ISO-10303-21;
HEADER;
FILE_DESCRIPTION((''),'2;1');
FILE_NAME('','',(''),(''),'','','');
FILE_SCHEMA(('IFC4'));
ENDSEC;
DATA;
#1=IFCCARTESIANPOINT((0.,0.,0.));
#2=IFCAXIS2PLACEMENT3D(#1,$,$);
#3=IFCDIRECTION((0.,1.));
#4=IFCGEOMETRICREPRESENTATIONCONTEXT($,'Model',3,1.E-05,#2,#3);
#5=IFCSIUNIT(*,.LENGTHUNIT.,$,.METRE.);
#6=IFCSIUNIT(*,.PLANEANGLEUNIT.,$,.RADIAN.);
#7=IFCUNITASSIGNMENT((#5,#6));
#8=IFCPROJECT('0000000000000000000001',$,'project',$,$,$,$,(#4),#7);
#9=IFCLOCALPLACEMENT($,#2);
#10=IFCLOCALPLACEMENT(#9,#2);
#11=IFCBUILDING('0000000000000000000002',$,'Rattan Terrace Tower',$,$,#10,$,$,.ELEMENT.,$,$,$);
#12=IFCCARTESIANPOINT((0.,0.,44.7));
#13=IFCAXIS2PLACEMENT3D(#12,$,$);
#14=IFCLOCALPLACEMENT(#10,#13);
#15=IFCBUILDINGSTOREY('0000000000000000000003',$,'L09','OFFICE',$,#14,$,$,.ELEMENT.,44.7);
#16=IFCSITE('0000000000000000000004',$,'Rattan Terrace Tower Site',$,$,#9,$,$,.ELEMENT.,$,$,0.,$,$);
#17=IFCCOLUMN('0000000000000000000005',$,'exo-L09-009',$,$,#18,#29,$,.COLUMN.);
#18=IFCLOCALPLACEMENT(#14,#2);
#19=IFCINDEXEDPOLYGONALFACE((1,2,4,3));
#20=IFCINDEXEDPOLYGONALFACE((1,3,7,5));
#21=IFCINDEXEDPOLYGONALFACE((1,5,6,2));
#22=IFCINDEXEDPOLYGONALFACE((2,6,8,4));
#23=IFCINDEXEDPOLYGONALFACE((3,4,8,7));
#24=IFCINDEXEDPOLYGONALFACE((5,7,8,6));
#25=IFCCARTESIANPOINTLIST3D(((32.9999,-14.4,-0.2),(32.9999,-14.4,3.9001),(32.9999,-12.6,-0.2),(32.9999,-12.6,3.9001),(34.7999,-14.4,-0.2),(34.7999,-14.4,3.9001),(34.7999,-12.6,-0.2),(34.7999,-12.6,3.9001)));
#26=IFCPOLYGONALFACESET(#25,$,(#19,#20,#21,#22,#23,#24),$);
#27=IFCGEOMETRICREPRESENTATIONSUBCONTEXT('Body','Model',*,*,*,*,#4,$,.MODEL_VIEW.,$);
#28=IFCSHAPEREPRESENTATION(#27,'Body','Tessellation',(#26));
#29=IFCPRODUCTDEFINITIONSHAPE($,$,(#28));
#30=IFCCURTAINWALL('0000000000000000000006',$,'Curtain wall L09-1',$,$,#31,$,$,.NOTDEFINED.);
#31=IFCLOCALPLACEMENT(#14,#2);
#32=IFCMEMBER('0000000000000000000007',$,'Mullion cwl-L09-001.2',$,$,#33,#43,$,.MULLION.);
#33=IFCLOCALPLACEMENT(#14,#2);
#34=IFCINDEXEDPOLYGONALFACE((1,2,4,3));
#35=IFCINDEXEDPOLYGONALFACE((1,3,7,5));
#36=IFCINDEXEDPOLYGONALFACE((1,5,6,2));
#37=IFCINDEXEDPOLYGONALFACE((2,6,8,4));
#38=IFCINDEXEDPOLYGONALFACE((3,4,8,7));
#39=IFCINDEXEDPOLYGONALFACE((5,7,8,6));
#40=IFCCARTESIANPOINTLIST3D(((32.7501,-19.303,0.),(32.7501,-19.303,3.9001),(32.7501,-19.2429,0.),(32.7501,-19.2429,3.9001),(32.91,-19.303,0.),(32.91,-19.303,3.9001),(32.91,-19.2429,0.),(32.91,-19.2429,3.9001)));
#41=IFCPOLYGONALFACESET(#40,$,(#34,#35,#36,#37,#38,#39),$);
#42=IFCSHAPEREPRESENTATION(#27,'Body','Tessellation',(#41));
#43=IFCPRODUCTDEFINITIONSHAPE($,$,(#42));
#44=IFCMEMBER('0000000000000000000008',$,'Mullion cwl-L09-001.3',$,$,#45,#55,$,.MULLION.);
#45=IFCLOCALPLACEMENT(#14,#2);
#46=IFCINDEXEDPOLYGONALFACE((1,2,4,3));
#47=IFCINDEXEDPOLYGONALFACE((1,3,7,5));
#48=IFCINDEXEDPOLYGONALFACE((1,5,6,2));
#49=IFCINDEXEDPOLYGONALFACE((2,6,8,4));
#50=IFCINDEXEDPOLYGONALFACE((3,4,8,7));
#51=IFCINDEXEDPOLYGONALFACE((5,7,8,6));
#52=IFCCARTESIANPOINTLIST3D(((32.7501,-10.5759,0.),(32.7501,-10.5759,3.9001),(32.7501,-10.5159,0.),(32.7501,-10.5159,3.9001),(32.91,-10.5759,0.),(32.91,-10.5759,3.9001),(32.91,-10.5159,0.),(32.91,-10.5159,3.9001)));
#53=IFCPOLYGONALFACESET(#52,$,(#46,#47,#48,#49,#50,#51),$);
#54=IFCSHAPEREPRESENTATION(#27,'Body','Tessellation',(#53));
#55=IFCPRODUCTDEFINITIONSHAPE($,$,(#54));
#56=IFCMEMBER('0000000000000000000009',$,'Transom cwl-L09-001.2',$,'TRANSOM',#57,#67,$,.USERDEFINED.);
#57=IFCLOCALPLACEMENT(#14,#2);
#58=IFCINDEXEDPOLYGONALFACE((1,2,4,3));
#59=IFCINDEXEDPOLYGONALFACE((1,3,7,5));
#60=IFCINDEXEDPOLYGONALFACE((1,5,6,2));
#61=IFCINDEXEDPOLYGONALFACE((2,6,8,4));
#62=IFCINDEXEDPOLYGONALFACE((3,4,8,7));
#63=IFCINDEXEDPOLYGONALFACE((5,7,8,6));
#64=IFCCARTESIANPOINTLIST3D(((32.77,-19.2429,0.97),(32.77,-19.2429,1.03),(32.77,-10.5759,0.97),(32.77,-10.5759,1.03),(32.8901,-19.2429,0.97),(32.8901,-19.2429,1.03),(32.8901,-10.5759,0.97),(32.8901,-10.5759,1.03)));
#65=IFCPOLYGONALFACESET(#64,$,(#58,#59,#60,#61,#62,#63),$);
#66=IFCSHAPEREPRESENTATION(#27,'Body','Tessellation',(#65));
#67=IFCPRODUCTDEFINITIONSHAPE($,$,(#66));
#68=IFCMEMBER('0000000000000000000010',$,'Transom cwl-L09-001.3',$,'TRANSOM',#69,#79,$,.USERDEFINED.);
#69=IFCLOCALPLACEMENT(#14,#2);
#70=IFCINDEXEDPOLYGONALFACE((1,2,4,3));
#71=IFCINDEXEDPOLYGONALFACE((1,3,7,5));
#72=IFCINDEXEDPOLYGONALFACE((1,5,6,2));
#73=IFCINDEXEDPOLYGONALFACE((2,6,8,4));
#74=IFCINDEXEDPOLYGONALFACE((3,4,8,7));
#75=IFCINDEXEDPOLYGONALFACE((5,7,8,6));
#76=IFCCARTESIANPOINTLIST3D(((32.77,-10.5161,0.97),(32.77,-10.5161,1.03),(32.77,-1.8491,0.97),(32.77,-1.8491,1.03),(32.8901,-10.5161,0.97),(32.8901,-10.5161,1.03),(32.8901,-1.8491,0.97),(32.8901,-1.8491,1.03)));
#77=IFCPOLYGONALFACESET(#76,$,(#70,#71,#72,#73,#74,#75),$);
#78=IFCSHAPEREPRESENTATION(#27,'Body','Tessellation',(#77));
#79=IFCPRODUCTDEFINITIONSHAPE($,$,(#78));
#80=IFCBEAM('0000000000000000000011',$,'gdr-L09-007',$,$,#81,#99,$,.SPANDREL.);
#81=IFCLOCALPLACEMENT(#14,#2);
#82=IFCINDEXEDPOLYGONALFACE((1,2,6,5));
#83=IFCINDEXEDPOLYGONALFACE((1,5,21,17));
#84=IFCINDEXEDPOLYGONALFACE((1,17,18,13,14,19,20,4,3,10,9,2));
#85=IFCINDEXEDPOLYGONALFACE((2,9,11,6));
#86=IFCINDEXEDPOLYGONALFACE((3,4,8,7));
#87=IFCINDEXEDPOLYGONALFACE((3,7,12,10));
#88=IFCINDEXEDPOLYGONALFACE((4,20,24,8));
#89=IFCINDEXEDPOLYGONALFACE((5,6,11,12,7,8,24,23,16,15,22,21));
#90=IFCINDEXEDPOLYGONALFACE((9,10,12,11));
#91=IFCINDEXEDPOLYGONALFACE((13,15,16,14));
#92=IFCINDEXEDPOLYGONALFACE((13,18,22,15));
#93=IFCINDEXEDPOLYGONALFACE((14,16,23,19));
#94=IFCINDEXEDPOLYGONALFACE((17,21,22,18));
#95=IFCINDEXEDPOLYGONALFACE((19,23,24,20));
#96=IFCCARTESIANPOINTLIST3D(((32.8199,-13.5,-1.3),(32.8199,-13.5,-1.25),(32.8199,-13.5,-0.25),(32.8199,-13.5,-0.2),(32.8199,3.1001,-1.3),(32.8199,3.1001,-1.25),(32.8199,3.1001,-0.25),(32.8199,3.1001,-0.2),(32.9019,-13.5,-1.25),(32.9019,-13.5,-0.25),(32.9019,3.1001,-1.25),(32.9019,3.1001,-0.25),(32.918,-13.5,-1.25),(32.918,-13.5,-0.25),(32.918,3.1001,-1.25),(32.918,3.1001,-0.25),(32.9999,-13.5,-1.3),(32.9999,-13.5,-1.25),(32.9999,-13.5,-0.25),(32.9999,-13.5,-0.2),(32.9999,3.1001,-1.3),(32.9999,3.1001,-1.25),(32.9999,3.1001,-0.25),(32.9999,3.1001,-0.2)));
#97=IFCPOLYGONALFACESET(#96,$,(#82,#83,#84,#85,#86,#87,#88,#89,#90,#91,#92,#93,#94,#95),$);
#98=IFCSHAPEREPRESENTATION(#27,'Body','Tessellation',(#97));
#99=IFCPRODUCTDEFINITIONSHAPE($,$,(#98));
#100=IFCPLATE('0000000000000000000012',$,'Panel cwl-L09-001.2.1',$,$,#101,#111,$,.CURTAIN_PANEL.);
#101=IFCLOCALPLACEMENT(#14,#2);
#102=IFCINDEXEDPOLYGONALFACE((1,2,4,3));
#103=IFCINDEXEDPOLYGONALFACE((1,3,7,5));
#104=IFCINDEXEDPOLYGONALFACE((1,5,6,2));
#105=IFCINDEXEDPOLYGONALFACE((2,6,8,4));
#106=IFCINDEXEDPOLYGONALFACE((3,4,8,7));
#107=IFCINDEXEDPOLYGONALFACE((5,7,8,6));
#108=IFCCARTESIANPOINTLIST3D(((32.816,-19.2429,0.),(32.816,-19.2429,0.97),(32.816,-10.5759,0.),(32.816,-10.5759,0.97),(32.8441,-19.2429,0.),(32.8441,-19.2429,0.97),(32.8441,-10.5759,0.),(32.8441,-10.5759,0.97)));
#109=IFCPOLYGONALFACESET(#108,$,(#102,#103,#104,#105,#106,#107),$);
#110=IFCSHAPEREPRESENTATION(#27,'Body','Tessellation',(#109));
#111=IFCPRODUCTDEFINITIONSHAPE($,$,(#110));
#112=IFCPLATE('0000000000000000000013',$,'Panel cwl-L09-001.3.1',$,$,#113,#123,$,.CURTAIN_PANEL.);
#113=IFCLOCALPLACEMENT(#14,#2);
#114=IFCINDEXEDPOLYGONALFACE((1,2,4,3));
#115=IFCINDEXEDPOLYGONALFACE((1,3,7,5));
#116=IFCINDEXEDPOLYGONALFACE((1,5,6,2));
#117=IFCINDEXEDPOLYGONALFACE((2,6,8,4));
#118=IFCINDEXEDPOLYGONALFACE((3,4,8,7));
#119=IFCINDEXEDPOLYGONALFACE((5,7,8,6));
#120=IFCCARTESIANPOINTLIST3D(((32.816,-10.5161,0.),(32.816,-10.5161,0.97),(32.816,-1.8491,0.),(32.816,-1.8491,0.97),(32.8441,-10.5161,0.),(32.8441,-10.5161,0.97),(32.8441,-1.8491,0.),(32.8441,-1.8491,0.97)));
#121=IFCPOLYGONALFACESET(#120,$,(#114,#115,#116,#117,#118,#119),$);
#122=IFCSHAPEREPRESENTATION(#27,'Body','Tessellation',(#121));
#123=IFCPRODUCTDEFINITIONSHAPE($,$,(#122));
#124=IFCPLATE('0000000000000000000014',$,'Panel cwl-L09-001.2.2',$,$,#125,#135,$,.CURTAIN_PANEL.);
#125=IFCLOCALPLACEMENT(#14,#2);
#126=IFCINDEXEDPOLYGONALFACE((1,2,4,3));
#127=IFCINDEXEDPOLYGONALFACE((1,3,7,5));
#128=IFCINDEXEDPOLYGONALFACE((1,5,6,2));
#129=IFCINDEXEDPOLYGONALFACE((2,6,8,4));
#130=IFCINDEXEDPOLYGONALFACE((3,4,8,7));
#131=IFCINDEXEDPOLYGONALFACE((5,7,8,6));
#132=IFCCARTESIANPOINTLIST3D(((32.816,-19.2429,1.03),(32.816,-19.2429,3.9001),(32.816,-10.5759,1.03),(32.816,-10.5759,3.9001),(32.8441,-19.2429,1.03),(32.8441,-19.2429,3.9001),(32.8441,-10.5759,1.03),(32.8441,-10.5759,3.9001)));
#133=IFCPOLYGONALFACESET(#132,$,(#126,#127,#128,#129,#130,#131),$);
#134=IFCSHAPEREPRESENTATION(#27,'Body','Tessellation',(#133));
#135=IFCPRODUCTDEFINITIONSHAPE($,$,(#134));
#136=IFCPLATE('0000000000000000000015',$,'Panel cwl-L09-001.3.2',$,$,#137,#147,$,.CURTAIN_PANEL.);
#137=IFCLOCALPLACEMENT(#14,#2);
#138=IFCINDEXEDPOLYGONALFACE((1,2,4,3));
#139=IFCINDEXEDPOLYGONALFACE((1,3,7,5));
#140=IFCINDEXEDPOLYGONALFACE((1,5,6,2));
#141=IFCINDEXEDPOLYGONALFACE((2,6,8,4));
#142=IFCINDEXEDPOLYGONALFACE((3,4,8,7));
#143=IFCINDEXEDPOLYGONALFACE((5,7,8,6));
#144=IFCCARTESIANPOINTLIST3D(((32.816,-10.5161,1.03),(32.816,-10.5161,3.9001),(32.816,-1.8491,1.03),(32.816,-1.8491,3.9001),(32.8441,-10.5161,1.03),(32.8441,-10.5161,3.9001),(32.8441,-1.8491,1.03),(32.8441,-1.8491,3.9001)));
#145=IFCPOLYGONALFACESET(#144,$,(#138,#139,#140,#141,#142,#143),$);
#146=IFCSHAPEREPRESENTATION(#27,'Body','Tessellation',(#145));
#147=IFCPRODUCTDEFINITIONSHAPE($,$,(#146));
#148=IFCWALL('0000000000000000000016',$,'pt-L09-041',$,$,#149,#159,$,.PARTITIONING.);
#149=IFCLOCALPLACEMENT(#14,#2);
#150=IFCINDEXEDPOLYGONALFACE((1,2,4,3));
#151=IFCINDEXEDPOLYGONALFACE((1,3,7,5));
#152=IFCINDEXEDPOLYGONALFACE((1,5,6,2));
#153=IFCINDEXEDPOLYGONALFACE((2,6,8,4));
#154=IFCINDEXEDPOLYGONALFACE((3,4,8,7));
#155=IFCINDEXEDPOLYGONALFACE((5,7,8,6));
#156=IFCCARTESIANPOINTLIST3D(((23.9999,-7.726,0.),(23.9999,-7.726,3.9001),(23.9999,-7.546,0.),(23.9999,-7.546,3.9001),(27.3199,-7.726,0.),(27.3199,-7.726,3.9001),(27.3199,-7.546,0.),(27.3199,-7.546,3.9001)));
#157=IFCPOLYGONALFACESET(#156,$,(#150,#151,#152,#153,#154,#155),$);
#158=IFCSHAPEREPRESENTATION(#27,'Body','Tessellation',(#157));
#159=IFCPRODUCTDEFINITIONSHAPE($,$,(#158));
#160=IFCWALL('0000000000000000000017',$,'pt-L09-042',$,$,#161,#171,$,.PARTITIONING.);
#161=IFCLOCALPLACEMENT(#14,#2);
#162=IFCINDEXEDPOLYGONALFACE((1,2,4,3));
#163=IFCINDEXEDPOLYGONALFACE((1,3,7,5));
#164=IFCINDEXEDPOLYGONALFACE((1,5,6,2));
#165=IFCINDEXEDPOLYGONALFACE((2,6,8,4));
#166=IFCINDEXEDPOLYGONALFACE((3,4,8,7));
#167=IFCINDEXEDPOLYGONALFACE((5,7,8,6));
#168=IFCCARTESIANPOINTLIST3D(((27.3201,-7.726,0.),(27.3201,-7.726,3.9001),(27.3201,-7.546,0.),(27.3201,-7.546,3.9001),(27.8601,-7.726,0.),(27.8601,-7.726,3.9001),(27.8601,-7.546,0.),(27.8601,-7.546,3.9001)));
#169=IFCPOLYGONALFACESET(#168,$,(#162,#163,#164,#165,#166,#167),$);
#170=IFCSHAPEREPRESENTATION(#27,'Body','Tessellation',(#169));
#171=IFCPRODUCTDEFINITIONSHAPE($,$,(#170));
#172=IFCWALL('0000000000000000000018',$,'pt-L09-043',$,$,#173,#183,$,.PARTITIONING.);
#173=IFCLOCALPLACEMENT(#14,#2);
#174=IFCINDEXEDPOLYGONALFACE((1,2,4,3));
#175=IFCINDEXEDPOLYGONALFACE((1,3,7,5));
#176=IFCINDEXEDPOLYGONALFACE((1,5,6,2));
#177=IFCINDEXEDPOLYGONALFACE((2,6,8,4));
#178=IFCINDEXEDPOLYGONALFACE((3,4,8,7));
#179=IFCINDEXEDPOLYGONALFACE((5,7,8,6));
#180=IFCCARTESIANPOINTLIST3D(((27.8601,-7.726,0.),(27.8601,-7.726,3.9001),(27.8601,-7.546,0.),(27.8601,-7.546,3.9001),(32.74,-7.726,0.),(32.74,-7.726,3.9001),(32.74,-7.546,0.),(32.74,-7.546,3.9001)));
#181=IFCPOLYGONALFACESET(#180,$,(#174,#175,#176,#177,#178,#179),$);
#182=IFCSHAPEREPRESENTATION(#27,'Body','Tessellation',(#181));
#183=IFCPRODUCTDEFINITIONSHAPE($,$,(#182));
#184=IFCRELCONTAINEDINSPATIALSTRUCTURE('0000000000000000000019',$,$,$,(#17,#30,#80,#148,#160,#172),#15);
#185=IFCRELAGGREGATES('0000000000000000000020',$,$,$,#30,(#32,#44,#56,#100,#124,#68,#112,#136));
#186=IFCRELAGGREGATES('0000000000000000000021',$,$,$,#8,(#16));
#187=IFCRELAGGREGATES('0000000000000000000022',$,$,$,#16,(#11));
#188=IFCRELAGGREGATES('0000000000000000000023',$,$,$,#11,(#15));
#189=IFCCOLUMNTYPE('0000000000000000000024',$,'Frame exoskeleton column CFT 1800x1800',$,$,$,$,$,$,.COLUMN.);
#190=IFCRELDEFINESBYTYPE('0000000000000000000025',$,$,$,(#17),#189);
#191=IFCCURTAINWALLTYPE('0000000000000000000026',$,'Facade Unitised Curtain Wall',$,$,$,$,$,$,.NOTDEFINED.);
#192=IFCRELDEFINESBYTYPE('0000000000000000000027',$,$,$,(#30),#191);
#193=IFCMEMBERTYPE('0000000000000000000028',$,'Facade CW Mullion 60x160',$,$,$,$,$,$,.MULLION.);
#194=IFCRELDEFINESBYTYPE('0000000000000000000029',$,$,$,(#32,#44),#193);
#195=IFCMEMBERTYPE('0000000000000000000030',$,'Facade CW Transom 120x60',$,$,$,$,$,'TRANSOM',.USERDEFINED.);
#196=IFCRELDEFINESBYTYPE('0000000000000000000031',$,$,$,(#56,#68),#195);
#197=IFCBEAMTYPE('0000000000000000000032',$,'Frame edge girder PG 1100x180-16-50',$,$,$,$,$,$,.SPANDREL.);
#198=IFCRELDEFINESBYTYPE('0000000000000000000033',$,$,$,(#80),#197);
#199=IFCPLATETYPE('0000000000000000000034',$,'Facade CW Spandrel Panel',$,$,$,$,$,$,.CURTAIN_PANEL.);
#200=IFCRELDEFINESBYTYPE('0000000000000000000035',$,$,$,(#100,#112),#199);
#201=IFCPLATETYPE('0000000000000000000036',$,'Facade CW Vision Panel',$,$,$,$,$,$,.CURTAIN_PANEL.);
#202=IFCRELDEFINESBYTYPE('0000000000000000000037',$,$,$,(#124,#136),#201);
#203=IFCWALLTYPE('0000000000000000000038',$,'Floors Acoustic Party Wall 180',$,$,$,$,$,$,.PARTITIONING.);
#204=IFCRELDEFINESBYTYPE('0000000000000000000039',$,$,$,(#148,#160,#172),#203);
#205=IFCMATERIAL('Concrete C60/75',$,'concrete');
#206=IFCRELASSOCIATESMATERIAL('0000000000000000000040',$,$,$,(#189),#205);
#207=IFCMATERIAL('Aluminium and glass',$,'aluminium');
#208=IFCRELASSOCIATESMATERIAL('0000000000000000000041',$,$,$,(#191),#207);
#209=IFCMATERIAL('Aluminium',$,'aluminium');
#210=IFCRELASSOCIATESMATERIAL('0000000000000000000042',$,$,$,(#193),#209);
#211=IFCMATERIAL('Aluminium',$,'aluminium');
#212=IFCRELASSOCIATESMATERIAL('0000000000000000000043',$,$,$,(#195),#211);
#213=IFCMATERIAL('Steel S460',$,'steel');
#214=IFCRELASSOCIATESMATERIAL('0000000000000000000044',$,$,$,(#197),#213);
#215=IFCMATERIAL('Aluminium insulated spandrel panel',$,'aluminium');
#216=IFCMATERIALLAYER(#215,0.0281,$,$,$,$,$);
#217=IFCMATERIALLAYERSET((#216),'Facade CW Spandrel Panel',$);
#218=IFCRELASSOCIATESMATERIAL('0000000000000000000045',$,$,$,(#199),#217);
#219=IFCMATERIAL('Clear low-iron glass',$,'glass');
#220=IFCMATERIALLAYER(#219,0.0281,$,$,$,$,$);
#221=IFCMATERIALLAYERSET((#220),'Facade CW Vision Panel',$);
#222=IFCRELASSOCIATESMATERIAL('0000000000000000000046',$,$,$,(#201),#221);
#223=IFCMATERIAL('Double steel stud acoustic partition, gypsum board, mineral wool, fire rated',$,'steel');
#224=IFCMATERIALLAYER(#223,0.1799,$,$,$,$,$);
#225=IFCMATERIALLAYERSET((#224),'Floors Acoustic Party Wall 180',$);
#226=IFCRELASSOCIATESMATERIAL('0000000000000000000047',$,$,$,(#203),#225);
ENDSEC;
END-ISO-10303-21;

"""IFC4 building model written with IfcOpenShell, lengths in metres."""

from ifc_helpers import new_model, si_unit, direction, frame, frame_2d, origin, origin_2d, place, context, subcontext, project, spatial, rectangle, i_section, extrude, material, layer, layer_set, material_profile, profile_set, type_object, element, aggregate, save


model = new_model("IFC4")

# Units and contexts
model_context = context("Model", 3, precision=1e-05, world=origin(), true_north=direction((0.0, 1.0)))
body_context = subcontext(model_context, "Body", "Model", "MODEL_VIEW")
ifc_project = project(units=[si_unit("LENGTHUNIT", "METRE"), si_unit("PLANEANGLEUNIT", "RADIAN")], contexts=[model_context])

# Site, building, storey
site_placement = place(None, origin())
site = spatial("IfcSite", under=ifc_project, at=site_placement, Name="Rattan Terrace Tower Site", CompositionType="ELEMENT", RefElevation=0.0)
building_placement = place(site_placement, origin())
building = spatial("IfcBuilding", under=site, at=building_placement, Name="Rattan Terrace Tower", CompositionType="ELEMENT")
storey_placement = place(building_placement, frame((0.0, 0.0, 44.7)))
storey = spatial("IfcBuildingStorey", under=building, at=storey_placement, Name="L09", Description="OFFICE", CompositionType="ELEMENT", Elevation=44.7)

# Column
ifc_material_1 = material(Name="Concrete C60/75", Category="concrete")
ifc_material_profile_1 = material_profile(ifc_material_1, rectangle(XDim=1.8, YDim=1.8, at=origin_2d()), Name="CFT 1800x1800")
ifc_profile_set_1 = profile_set([ifc_material_profile_1], Name="Concrete C60/75")
column_type = type_object("IfcColumnType", Name="Frame exoskeleton column CFT 1800x1800", PredefinedType="COLUMN", material=ifc_profile_set_1)
column_placement = place(storey_placement, frame((33.8999, -13.5, -0.2), z_axis=(0.0, 0.0, 1.0), x_axis=(0.0, 1.0, 0.0)))
element("IfcColumn", 1, at=column_placement, inside=storey, type_object=column_type, Name="exo-L09-009", PredefinedType="COLUMN", context=body_context, shape_type="SweptSolid", body=[
    extrude(rectangle(XDim=1.8, YDim=1.8, at=origin_2d()), origin(), (0.0, 0.0, 1.0), 4.1001),
])

# Curtain wall, members
ifc_material_2 = material(Name="Aluminium and glass", Category="aluminium")
curtain_wall_type = type_object("IfcCurtainWallType", Name="Facade Unitised Curtain Wall", PredefinedType="NOTDEFINED", material=ifc_material_2)
curtain_wall_placement = place(storey_placement, origin())
curtain_wall = element("IfcCurtainWall", 2, at=curtain_wall_placement, inside=storey, type_object=curtain_wall_type, Name="Curtain wall L09-1", PredefinedType="NOTDEFINED")
ifc_material_3 = material(Name="Aluminium", Category="aluminium")
ifc_material_profile_2 = material_profile(ifc_material_3, rectangle(XDim=0.0601, YDim=0.1599, at=origin_2d()), Name="Aluminium 60x160")
ifc_profile_set_2 = profile_set([ifc_material_profile_2], Name="Aluminium")
member_type_1 = type_object("IfcMemberType", Name="Facade CW Mullion 60x160", PredefinedType="MULLION", material=ifc_profile_set_2)
member_1_placement = place(storey_placement, frame((32.8301, -19.2729, 0.0), z_axis=(0.0, 0.0, 1.0), x_axis=(0.0, 1.0, 0.0)))
member_1 = element("IfcMember", 3, at=member_1_placement, type_object=member_type_1, Name="Mullion cwl-L09-001.2", PredefinedType="MULLION", context=body_context, shape_type="SweptSolid", body=[
    extrude(rectangle(XDim=0.0601, YDim=0.1599, at=origin_2d()), origin(), (0.0, 0.0, 1.0), 3.9001),
])
member_2_placement = place(storey_placement, frame((32.8301, -10.5459, 0.0), z_axis=(0.0, 0.0, 1.0), x_axis=(0.0, 1.0, 0.0)))
member_2 = element("IfcMember", 4, at=member_2_placement, type_object=member_type_1, Name="Mullion cwl-L09-001.3", PredefinedType="MULLION", context=body_context, shape_type="SweptSolid", body=[
    extrude(rectangle(XDim=0.0601, YDim=0.1599, at=origin_2d()), origin(), (0.0, 0.0, 1.0), 3.9001),
])
ifc_material_4 = material(Name="Aluminium", Category="aluminium")
ifc_material_profile_3 = material_profile(ifc_material_4, rectangle(XDim=0.1201, YDim=0.0601, at=origin_2d()), Name="Aluminium 120x60")
ifc_profile_set_3 = profile_set([ifc_material_profile_3], Name="Aluminium")
member_type_2 = type_object("IfcMemberType", Name="Facade CW Transom 120x60", ElementType="TRANSOM", PredefinedType="USERDEFINED", material=ifc_profile_set_3)
member_3_placement = place(storey_placement, frame((32.8301, -19.2429, 1.0), z_axis=(0.0, 1.0, 0.0), x_axis=(-1.0, 0.0, 0.0)))
member_3 = element("IfcMember", 5, at=member_3_placement, type_object=member_type_2, Name="Transom cwl-L09-001.2", ObjectType="TRANSOM", PredefinedType="USERDEFINED", context=body_context, shape_type="SweptSolid", body=[
    extrude(rectangle(XDim=0.1201, YDim=0.0601, at=origin_2d()), origin(), (0.0, 0.0, 1.0), 8.667),
])
member_4_placement = place(storey_placement, frame((32.8301, -10.5161, 1.0), z_axis=(0.0, 1.0, 0.0), x_axis=(-1.0, 0.0, 0.0)))
member_4 = element("IfcMember", 6, at=member_4_placement, type_object=member_type_2, Name="Transom cwl-L09-001.3", ObjectType="TRANSOM", PredefinedType="USERDEFINED", context=body_context, shape_type="SweptSolid", body=[
    extrude(rectangle(XDim=0.1201, YDim=0.0601, at=origin_2d()), origin(), (0.0, 0.0, 1.0), 8.667),
])

# Beam
ifc_material_5 = material(Name="Steel S460", Category="steel")
ifc_material_profile_4 = material_profile(ifc_material_5, i_section(OverallWidth=0.1799, OverallDepth=1.1001, WebThickness=0.0161, FlangeThickness=0.05, at=origin_2d()), Name="PG 1100x180-16-50")
ifc_profile_set_4 = profile_set([ifc_material_profile_4], Name="Steel S460")
beam_type = type_object("IfcBeamType", Name="Frame edge girder PG 1100x180-16-50", PredefinedType="SPANDREL", material=ifc_profile_set_4)
beam_placement = place(storey_placement, frame((32.9099, -13.5, -0.75), z_axis=(0.0, 1.0, 0.0), x_axis=(-1.0, 0.0, 0.0)))
element("IfcBeam", 7, at=beam_placement, inside=storey, type_object=beam_type, Name="gdr-L09-007", PredefinedType="SPANDREL", context=body_context, shape_type="SweptSolid", body=[
    extrude(i_section(OverallWidth=0.1799, OverallDepth=1.1001, WebThickness=0.0161, FlangeThickness=0.05, at=origin_2d()), origin(), (0.0, 0.0, 1.0), 16.6001),
])

# Plates
ifc_material_6 = material(Name="Aluminium insulated spandrel panel", Category="aluminium")
ifc_layer_1 = layer(ifc_material_6, 0.0281)
ifc_layer_set_1 = layer_set([ifc_layer_1], Name="Facade CW Spandrel Panel")
plate_type_1 = type_object("IfcPlateType", Name="Facade CW Spandrel Panel", PredefinedType="CURTAIN_PANEL", material=ifc_layer_set_1)
plate_1_placement = place(storey_placement, frame((32.8301, -14.9094, 0.0), z_axis=(0.0, 0.0, 1.0), x_axis=(0.0, 1.0, 0.0)))
plate_1 = element("IfcPlate", 8, at=plate_1_placement, type_object=plate_type_1, Name="Panel cwl-L09-001.2.1", PredefinedType="CURTAIN_PANEL", context=body_context, shape_type="SweptSolid", body=[
    extrude(rectangle(XDim=8.667, YDim=0.0281, at=origin_2d()), origin(), (0.0, 0.0, 1.0), 0.97),
])
plate_2_placement = place(storey_placement, frame((32.8301, -6.1826, 0.0), z_axis=(0.0, 0.0, 1.0), x_axis=(0.0, 1.0, 0.0)))
plate_2 = element("IfcPlate", 9, at=plate_2_placement, type_object=plate_type_1, Name="Panel cwl-L09-001.3.1", PredefinedType="CURTAIN_PANEL", context=body_context, shape_type="SweptSolid", body=[
    extrude(rectangle(XDim=8.667, YDim=0.0281, at=origin_2d()), origin(), (0.0, 0.0, 1.0), 0.97),
])
ifc_material_7 = material(Name="Clear low-iron glass", Category="glass")
ifc_layer_2 = layer(ifc_material_7, 0.0281)
ifc_layer_set_2 = layer_set([ifc_layer_2], Name="Facade CW Vision Panel")
plate_type_2 = type_object("IfcPlateType", Name="Facade CW Vision Panel", PredefinedType="CURTAIN_PANEL", material=ifc_layer_set_2)
plate_3_placement = place(storey_placement, frame((32.8301, -14.9094, 1.03), z_axis=(0.0, 0.0, 1.0), x_axis=(0.0, 1.0, 0.0)))
plate_3 = element("IfcPlate", 10, at=plate_3_placement, type_object=plate_type_2, Name="Panel cwl-L09-001.2.2", PredefinedType="CURTAIN_PANEL", context=body_context, shape_type="SweptSolid", body=[
    extrude(rectangle(XDim=8.667, YDim=0.0281, at=origin_2d()), origin(), (0.0, 0.0, 1.0), 2.8701),
])
plate_4_placement = place(storey_placement, frame((32.8301, -6.1826, 1.03), z_axis=(0.0, 0.0, 1.0), x_axis=(0.0, 1.0, 0.0)))
plate_4 = element("IfcPlate", 11, at=plate_4_placement, type_object=plate_type_2, Name="Panel cwl-L09-001.3.2", PredefinedType="CURTAIN_PANEL", context=body_context, shape_type="SweptSolid", body=[
    extrude(rectangle(XDim=8.667, YDim=0.0281, at=origin_2d()), origin(), (0.0, 0.0, 1.0), 2.8701),
])
aggregate(curtain_wall, [member_1, member_2, member_3, plate_1, plate_3, member_4, plate_2, plate_4])

# Walls
ifc_material_8 = material(Name="Double steel stud acoustic partition, gypsum board, mineral wool, fire rated", Category="steel")
ifc_layer_3 = layer(ifc_material_8, 0.1799)
ifc_layer_set_3 = layer_set([ifc_layer_3], Name="Floors Acoustic Party Wall 180")
wall_type_1 = type_object("IfcWallType", Name="Floors Acoustic Party Wall 180", PredefinedType="PARTITIONING", material=ifc_layer_set_3)
wall_1_placement = place(storey_placement, frame((27.3201, -7.636, 0.0), z_axis=(0.0, 0.0, 1.0), x_axis=(-1.0, 0.0, 0.0)))
element("IfcWall", 12, at=wall_1_placement, inside=storey, type_object=wall_type_1, Name="pt-L09-041", PredefinedType="PARTITIONING", context=body_context, shape_type="SweptSolid", body=[
    extrude(rectangle(XDim=3.3201, YDim=0.1799, at=frame_2d((1.6602, 0.0))), origin(), (0.0, 0.0, 1.0), 3.9001),
])
wall_2_placement = place(storey_placement, frame((27.8601, -7.636, 0.0), z_axis=(0.0, 0.0, 1.0), x_axis=(-1.0, 0.0, 0.0)))
element("IfcWall", 13, at=wall_2_placement, inside=storey, type_object=wall_type_1, Name="pt-L09-042", PredefinedType="PARTITIONING", context=body_context, shape_type="SweptSolid", body=[
    extrude(rectangle(XDim=0.54, YDim=0.1799, at=frame_2d((0.27, 0.0))), origin(), (0.0, 0.0, 1.0), 3.9001),
])
wall_3_placement = place(storey_placement, frame((32.74, -7.636, 0.0), z_axis=(0.0, 0.0, 1.0), x_axis=(-1.0, 0.0, 0.0)))
element("IfcWall", 14, at=wall_3_placement, inside=storey, type_object=wall_type_1, Name="pt-L09-043", PredefinedType="PARTITIONING", context=body_context, shape_type="SweptSolid", body=[
    extrude(rectangle(XDim=4.8799, YDim=0.1799, at=frame_2d((2.4399, 0.0))), origin(), (0.0, 0.0, 1.0), 3.9001),
])

save(model, "model.ifc")
